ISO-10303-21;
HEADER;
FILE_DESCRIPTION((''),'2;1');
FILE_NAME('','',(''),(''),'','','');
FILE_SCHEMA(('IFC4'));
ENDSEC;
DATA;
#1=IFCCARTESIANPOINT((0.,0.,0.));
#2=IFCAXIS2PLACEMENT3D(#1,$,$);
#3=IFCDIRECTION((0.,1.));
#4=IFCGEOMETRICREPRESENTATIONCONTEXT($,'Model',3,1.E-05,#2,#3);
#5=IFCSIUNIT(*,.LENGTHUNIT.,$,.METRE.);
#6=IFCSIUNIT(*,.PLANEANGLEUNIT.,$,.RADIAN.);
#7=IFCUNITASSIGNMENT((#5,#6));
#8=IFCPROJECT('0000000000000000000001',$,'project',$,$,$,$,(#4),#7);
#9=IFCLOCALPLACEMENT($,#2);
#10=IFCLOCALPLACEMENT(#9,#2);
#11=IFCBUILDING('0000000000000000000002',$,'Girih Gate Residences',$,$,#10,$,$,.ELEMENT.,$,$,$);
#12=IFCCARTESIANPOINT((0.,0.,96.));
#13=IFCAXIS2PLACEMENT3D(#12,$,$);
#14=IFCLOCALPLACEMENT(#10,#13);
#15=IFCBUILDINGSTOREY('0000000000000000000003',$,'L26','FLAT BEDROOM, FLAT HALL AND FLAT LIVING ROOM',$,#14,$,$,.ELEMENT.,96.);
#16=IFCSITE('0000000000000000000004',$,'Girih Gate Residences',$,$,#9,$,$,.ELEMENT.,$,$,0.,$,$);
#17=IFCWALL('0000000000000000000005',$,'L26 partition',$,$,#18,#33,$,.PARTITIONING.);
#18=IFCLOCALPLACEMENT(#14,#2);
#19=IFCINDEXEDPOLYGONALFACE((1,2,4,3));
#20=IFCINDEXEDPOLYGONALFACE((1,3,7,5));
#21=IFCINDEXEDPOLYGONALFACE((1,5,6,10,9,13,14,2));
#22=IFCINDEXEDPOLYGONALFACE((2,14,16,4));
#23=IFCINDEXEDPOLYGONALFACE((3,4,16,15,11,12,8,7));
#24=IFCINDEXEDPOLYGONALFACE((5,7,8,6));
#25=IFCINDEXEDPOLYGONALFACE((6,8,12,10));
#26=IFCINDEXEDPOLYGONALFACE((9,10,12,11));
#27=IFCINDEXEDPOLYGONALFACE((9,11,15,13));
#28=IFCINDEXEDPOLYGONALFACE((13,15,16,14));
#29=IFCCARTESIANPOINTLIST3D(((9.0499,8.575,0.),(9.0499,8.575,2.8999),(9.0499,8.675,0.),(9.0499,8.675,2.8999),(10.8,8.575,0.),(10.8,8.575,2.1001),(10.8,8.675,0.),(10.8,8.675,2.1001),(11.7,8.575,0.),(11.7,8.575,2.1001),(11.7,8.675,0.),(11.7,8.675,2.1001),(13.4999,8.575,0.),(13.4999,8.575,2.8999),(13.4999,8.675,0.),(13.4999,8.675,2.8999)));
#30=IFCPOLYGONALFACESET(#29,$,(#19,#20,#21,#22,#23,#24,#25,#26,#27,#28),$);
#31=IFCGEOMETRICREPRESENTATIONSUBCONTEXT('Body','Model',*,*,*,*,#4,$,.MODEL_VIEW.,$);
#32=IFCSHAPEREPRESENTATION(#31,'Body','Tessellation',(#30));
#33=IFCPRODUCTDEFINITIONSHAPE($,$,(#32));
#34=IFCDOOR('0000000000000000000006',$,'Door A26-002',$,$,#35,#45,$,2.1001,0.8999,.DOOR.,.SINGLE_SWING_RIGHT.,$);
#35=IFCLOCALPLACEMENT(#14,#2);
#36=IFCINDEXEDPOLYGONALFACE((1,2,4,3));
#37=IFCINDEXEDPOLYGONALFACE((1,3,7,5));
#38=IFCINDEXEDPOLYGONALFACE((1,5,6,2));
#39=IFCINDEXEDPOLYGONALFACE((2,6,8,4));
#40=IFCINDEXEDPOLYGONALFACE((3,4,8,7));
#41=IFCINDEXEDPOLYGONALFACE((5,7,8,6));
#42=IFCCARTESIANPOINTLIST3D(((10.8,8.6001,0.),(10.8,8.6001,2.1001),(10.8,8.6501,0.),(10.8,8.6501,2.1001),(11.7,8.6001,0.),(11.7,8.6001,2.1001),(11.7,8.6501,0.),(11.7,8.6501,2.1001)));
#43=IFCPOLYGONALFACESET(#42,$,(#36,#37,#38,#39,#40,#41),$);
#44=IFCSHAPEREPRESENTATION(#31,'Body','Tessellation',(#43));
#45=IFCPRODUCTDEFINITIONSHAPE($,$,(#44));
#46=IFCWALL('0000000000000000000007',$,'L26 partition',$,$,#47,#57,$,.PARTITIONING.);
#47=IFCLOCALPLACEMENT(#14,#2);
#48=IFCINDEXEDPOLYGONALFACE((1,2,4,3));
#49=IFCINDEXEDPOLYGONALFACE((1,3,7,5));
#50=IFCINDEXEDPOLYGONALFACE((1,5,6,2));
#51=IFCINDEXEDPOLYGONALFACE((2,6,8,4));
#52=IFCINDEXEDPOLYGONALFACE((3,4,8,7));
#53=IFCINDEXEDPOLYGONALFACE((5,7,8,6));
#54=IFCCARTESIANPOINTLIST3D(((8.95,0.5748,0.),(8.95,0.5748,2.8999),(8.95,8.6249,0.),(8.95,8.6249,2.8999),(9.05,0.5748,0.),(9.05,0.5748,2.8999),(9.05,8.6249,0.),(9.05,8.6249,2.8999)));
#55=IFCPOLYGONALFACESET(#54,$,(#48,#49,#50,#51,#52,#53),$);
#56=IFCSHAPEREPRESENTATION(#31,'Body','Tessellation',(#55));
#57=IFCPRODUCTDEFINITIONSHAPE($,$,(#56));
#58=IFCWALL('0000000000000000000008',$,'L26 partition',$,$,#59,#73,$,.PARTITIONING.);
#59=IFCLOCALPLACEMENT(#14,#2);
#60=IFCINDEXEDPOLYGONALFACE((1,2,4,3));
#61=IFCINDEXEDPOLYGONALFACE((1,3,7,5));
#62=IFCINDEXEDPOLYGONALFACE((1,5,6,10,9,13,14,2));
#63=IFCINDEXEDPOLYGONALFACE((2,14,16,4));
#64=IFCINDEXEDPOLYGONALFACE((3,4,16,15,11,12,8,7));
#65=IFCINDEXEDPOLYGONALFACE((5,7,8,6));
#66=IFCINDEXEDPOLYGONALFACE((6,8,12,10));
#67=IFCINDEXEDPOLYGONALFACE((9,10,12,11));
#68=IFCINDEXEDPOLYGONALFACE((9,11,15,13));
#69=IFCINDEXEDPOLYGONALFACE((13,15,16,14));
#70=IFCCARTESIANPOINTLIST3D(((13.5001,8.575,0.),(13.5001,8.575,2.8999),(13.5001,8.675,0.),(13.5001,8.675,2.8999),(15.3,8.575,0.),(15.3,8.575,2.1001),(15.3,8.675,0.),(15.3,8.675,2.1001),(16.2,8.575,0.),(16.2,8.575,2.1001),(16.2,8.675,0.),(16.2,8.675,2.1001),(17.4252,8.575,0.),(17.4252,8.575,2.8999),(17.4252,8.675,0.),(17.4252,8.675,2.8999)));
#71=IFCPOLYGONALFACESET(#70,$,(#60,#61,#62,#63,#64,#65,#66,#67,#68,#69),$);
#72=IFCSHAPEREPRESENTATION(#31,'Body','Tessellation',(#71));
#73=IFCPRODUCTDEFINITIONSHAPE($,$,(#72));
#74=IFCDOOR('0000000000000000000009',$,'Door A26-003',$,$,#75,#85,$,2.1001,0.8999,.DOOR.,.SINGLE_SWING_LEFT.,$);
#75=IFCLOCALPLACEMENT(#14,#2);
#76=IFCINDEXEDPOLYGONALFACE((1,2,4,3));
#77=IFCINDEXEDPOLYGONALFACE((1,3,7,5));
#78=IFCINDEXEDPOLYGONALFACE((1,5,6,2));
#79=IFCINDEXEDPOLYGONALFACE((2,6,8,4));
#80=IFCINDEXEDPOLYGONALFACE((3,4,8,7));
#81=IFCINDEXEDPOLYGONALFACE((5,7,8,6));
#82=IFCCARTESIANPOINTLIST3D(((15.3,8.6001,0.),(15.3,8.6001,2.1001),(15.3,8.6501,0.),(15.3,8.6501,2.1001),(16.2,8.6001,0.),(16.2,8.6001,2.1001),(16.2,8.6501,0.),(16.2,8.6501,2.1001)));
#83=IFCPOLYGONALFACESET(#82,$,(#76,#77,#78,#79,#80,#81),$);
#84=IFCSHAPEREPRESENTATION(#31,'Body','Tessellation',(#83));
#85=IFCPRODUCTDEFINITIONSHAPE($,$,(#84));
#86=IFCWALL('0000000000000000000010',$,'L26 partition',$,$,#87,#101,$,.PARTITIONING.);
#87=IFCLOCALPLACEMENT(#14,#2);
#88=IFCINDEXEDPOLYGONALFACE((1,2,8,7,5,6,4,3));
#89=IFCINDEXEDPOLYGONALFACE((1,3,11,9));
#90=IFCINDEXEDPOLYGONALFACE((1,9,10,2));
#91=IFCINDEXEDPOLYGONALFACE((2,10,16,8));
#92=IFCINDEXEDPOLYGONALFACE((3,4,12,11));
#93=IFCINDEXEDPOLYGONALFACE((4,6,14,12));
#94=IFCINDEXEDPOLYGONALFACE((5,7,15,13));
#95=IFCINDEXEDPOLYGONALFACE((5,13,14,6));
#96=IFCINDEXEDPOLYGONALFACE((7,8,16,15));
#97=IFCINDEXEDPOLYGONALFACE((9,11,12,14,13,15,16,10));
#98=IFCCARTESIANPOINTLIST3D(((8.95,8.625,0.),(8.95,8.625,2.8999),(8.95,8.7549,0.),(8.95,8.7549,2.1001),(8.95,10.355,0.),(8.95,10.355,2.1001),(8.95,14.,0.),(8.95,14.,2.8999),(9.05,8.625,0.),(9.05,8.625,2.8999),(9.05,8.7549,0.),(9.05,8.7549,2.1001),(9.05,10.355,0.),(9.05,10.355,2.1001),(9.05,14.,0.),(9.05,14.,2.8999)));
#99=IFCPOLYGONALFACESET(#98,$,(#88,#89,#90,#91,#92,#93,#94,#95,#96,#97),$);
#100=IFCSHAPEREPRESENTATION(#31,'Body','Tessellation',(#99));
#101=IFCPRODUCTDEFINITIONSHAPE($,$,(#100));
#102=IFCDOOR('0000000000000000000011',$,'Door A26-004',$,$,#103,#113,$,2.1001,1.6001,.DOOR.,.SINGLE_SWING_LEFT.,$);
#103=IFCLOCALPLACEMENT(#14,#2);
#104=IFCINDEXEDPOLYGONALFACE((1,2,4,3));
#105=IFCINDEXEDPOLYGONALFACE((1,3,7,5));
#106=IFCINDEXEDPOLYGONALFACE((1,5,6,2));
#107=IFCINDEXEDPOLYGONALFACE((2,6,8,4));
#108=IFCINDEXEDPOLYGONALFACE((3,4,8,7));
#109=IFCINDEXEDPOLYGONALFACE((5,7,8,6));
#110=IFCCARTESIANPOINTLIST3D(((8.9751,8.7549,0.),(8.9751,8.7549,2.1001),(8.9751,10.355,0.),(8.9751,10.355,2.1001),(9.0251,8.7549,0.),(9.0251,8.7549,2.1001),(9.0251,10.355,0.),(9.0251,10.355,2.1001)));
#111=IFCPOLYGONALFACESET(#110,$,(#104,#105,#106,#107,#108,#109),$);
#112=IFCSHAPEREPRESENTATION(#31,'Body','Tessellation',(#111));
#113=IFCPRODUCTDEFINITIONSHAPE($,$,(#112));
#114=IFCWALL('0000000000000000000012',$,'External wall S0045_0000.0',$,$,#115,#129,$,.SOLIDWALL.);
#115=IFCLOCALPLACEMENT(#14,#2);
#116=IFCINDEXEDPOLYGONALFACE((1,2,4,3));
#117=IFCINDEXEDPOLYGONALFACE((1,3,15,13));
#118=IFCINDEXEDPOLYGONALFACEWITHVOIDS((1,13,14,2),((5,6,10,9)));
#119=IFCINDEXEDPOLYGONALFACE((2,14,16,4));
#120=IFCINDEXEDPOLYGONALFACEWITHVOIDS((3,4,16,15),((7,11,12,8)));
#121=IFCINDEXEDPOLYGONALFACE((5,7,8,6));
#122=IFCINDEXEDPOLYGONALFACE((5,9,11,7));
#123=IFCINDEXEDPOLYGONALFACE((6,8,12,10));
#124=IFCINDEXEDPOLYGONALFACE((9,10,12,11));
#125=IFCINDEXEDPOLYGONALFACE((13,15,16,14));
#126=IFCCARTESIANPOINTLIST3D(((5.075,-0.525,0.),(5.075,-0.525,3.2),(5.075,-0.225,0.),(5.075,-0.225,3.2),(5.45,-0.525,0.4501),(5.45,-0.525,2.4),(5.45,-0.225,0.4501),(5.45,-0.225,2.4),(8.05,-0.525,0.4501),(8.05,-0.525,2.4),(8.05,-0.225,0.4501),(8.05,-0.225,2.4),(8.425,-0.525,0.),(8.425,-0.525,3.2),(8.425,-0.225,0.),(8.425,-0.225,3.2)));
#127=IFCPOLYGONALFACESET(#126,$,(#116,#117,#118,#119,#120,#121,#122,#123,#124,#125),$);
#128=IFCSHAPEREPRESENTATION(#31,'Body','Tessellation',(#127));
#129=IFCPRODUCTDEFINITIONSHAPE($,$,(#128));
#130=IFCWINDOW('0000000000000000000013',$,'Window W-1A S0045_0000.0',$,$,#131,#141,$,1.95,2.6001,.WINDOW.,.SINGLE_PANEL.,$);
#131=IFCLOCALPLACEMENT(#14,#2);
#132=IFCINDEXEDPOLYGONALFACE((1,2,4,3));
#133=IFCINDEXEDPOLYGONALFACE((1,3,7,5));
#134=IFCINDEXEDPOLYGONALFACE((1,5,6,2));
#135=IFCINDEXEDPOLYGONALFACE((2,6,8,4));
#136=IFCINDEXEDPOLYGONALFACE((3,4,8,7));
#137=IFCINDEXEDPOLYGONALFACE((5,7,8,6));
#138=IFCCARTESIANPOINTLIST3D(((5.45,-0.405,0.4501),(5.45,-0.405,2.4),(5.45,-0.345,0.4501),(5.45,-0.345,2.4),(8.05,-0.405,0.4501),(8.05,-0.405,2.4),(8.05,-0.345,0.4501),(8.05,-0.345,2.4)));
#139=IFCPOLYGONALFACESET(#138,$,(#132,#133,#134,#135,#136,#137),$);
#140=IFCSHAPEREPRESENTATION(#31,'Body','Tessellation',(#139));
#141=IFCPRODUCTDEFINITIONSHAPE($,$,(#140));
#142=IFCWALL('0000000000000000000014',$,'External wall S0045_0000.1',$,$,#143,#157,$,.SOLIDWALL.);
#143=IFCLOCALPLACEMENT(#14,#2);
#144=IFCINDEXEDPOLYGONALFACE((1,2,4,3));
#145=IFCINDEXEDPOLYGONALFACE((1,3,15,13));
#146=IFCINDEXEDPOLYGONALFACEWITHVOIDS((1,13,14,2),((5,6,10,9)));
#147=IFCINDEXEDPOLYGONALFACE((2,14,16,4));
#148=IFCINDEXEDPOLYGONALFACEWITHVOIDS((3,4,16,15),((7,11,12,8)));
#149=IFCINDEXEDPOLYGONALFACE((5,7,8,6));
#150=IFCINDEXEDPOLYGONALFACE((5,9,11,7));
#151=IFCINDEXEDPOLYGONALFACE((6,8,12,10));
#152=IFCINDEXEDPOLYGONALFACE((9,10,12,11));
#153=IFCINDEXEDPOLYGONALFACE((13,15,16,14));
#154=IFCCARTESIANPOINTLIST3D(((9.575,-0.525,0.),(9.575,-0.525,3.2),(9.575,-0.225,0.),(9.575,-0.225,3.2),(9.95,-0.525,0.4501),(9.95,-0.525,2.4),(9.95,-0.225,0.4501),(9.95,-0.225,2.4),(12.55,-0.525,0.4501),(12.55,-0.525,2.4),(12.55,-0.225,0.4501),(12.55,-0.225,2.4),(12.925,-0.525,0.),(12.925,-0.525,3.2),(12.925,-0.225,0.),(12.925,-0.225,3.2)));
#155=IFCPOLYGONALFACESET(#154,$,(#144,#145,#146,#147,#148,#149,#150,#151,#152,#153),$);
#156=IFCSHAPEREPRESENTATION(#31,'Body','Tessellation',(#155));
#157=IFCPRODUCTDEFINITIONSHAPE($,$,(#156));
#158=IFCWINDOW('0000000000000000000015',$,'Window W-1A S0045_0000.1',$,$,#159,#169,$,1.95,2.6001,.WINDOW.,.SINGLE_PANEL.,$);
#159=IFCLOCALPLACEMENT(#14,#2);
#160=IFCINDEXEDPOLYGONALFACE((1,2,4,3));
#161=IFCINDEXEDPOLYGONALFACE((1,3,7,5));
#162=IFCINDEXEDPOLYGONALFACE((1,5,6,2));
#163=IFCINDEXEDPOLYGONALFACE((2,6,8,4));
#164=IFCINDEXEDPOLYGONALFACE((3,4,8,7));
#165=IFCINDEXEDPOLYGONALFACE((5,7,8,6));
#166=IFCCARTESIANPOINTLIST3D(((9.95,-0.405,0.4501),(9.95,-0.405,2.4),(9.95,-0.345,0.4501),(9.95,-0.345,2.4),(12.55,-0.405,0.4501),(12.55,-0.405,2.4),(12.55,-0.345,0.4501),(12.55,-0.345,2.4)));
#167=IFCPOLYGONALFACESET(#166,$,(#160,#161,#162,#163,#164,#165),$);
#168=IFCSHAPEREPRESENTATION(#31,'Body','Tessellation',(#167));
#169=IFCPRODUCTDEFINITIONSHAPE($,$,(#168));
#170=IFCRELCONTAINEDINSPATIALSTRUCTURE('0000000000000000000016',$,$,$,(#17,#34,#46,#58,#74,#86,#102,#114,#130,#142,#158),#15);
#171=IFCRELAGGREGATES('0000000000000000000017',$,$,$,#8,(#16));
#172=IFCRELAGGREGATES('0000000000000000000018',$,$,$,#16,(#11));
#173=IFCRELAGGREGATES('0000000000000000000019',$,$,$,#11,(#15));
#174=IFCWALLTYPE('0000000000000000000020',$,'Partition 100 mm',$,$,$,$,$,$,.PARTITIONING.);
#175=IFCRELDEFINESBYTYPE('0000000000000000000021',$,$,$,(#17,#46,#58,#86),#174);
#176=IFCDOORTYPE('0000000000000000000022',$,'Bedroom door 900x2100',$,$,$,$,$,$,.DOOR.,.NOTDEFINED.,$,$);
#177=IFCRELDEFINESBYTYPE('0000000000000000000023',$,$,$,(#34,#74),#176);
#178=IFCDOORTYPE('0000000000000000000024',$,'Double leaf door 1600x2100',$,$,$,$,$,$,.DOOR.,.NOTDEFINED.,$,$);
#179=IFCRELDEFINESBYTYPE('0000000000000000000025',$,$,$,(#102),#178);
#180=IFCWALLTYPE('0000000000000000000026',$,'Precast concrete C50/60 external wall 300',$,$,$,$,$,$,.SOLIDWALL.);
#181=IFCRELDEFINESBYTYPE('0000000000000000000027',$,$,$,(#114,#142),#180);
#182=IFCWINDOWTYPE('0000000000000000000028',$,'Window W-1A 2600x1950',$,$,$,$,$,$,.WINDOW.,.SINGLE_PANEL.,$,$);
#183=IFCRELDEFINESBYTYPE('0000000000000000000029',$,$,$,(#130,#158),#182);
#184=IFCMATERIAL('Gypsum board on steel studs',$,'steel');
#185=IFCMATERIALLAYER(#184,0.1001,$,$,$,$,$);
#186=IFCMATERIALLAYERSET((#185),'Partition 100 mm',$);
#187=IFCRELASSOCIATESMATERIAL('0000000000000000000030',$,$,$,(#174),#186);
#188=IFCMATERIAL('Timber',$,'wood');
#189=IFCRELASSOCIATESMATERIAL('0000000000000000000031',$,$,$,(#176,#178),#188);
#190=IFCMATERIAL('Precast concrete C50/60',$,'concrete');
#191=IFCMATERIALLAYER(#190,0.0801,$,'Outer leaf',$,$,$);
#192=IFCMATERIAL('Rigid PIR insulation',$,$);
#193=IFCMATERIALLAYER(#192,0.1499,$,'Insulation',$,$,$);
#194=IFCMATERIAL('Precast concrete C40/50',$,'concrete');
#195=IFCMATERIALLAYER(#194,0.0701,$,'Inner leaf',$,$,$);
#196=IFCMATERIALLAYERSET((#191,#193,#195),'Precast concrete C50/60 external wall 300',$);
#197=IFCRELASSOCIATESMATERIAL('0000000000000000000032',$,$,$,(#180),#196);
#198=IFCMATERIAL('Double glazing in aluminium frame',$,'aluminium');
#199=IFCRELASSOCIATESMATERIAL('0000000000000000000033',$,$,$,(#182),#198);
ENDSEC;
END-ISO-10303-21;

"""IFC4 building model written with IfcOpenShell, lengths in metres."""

from ifc_helpers import new_model, si_unit, direction, frame, frame_2d, origin, place, context, subcontext, project, spatial, rectangle, extrude, material, layer, layer_set, type_object, element, fill, save


model = new_model("IFC4")

# Units and contexts
model_context = context("Model", 3, precision=1e-05, world=origin(), true_north=direction((0.0, 1.0)))
body_context = subcontext(model_context, "Body", "Model", "MODEL_VIEW")
ifc_project = project(units=[si_unit("LENGTHUNIT", "METRE"), si_unit("PLANEANGLEUNIT", "RADIAN")], contexts=[model_context])

# Site, building, storey
site_placement = place(None, origin())
site = spatial("IfcSite", under=ifc_project, at=site_placement, Name="Girih Gate Residences", CompositionType="ELEMENT", RefElevation=0.0)
building_placement = place(site_placement, origin())
building = spatial("IfcBuilding", under=site, at=building_placement, Name="Girih Gate Residences", CompositionType="ELEMENT")
storey_placement = place(building_placement, frame((0.0, 0.0, 96.0)))
storey = spatial("IfcBuildingStorey", under=building, at=storey_placement, Name="L26", Description="FLAT BEDROOM, FLAT HALL AND FLAT LIVING ROOM", CompositionType="ELEMENT", Elevation=96.0)

# Shared definitions
ifc_material_1 = material(Name="Gypsum board on steel studs", Category="steel")
ifc_layer_1 = layer(ifc_material_1, 0.1001)
ifc_layer_set_1 = layer_set([ifc_layer_1], Name="Partition 100 mm")
wall_type_1 = type_object("IfcWallType", Name="Partition 100 mm", PredefinedType="PARTITIONING", material=ifc_layer_set_1)

# Wall, opening, door
wall_1_placement = place(storey_placement, frame((13.5, 8.625, 0.0), z_axis=(0.0, 0.0, 1.0), x_axis=(-1.0, 0.0, 0.0)))
wall_1 = element("IfcWall", 1, at=wall_1_placement, inside=storey, type_object=wall_type_1, Name="L26 partition", PredefinedType="PARTITIONING", context=body_context, shape_type="SweptSolid", body=[
    extrude(rectangle(XDim=4.45, YDim=0.1001, at=frame_2d((2.2251, 0.0))), origin(), (0.0, 0.0, 1.0), 2.8999),
])
opening_1_placement = place(wall_1_placement, frame((1.8, 0.0, 0.0)))
opening_1 = element("IfcOpeningElement", 2, at=opening_1_placement, cuts=wall_1, PredefinedType="OPENING", context=body_context, shape_type="SweptSolid", body=[
    extrude(rectangle(XDim=0.8999, YDim=2.1001, at=frame_2d((0.45, 1.05))), frame((0.0, 0.0601, 0.0), z_axis=(0.0, -1.0, 0.0), x_axis=(1.0, 0.0, 0.0)), (0.0, 0.0, 1.0), 0.1201),
])
ifc_material_2 = material(Name="Timber", Category="wood")
door_type_1 = type_object("IfcDoorType", Name="Bedroom door 900x2100", OperationType="NOTDEFINED", PredefinedType="DOOR", material=ifc_material_2)
door_1_placement = place(opening_1_placement, origin())
door_1 = element("IfcDoor", 3, at=door_1_placement, inside=storey, type_object=door_type_1, Name="Door A26-002", OperationType="SINGLE_SWING_RIGHT", OverallHeight=2.1001, OverallWidth=0.8999, PredefinedType="DOOR", context=body_context, shape_type="SweptSolid", body=[
    extrude(rectangle(XDim=0.8999, YDim=2.1001, at=frame_2d((0.45, 1.05))), frame((0.0, 0.0249, 0.0), z_axis=(0.0, -1.0, 0.0), x_axis=(1.0, 0.0, 0.0)), (0.0, 0.0, 1.0), 0.05),
])
fill(opening_1, door_1)

# Wall
wall_2_placement = place(storey_placement, frame((9.0, 0.575, 0.0), z_axis=(0.0, 0.0, 1.0), x_axis=(0.0, 1.0, 0.0)))
element("IfcWall", 4, at=wall_2_placement, inside=storey, type_object=wall_type_1, Name="L26 partition", PredefinedType="PARTITIONING", context=body_context, shape_type="SweptSolid", body=[
    extrude(rectangle(XDim=8.05, YDim=0.1001, at=frame_2d((4.0249, 0.0))), origin(), (0.0, 0.0, 1.0), 2.8999),
])

# Walls, openings, doors
wall_3_placement = place(storey_placement, frame((17.425, 8.625, 0.0), z_axis=(0.0, 0.0, 1.0), x_axis=(-1.0, 0.0, 0.0)))
wall_3 = element("IfcWall", 5, at=wall_3_placement, inside=storey, type_object=wall_type_1, Name="L26 partition", PredefinedType="PARTITIONING", context=body_context, shape_type="SweptSolid", body=[
    extrude(rectangle(XDim=3.925, YDim=0.1001, at=frame_2d((1.9624, 0.0))), origin(), (0.0, 0.0, 1.0), 2.8999),
])
opening_2_placement = place(wall_3_placement, frame((1.2251, 0.0, 0.0)))
opening_2 = element("IfcOpeningElement", 6, at=opening_2_placement, cuts=wall_3, PredefinedType="OPENING", context=body_context, shape_type="SweptSolid", body=[
    extrude(rectangle(XDim=0.8999, YDim=2.1001, at=frame_2d((0.45, 1.05))), frame((0.0, 0.0601, 0.0), z_axis=(0.0, -1.0, 0.0), x_axis=(1.0, 0.0, 0.0)), (0.0, 0.0, 1.0), 0.1201),
])
door_2_placement = place(opening_2_placement, origin())
door_2 = element("IfcDoor", 7, at=door_2_placement, inside=storey, type_object=door_type_1, Name="Door A26-003", OperationType="SINGLE_SWING_LEFT", OverallHeight=2.1001, OverallWidth=0.8999, PredefinedType="DOOR", context=body_context, shape_type="SweptSolid", body=[
    extrude(rectangle(XDim=0.8999, YDim=2.1001, at=frame_2d((0.45, 1.05))), frame((0.0, 0.0249, 0.0), z_axis=(0.0, -1.0, 0.0), x_axis=(1.0, 0.0, 0.0)), (0.0, 0.0, 1.0), 0.05),
])
fill(opening_2, door_2)
wall_4_placement = place(storey_placement, frame((9.0, 8.625, 0.0), z_axis=(0.0, 0.0, 1.0), x_axis=(0.0, 1.0, 0.0)))
wall_4 = element("IfcWall", 8, at=wall_4_placement, inside=storey, type_object=wall_type_1, Name="L26 partition", PredefinedType="PARTITIONING", context=body_context, shape_type="SweptSolid", body=[
    extrude(rectangle(XDim=5.375, YDim=0.1001, at=frame_2d((2.6875, 0.0))), origin(), (0.0, 0.0, 1.0), 2.8999),
])
opening_3_placement = place(wall_4_placement, frame((0.1299, 0.0, 0.0)))
opening_3 = element("IfcOpeningElement", 9, at=opening_3_placement, cuts=wall_4, PredefinedType="OPENING", context=body_context, shape_type="SweptSolid", body=[
    extrude(rectangle(XDim=1.6001, YDim=2.1001, at=frame_2d((0.8, 1.05))), frame((0.0, 0.0601, 0.0), z_axis=(0.0, -1.0, 0.0), x_axis=(1.0, 0.0, 0.0)), (0.0, 0.0, 1.0), 0.1201),
])
door_type_2 = type_object("IfcDoorType", Name="Double leaf door 1600x2100", OperationType="NOTDEFINED", PredefinedType="DOOR", material=ifc_material_2)
door_3_placement = place(opening_3_placement, origin())
door_3 = element("IfcDoor", 10, at=door_3_placement, inside=storey, type_object=door_type_2, Name="Door A26-004", OperationType="SINGLE_SWING_LEFT", OverallHeight=2.1001, OverallWidth=1.6001, PredefinedType="DOOR", context=body_context, shape_type="SweptSolid", body=[
    extrude(rectangle(XDim=1.6001, YDim=2.1001, at=frame_2d((0.8, 1.05))), frame((0.0, 0.0249, 0.0), z_axis=(0.0, -1.0, 0.0), x_axis=(1.0, 0.0, 0.0)), (0.0, 0.0, 1.0), 0.05),
])
fill(opening_3, door_3)

# Walls, openings, windows
ifc_material_3 = material(Name="Precast concrete C50/60", Category="concrete")
ifc_layer_2 = layer(ifc_material_3, 0.0801, Name="Outer leaf")
ifc_material_4 = material(Name="Rigid PIR insulation")
ifc_layer_3 = layer(ifc_material_4, 0.1499, Name="Insulation")
ifc_material_5 = material(Name="Precast concrete C40/50", Category="concrete")
ifc_layer_4 = layer(ifc_material_5, 0.0701, Name="Inner leaf")
ifc_layer_set_2 = layer_set([ifc_layer_2, ifc_layer_3, ifc_layer_4], Name="Precast concrete C50/60 external wall 300")
wall_type_2 = type_object("IfcWallType", Name="Precast concrete C50/60 external wall 300", PredefinedType="SOLIDWALL", material=ifc_layer_set_2)
wall_5_placement = place(storey_placement, frame((8.425, -0.375, 0.0), z_axis=(0.0, 0.0, 1.0), x_axis=(-1.0, 0.0, 0.0)))
wall_5 = element("IfcWall", 11, at=wall_5_placement, inside=storey, type_object=wall_type_2, Name="External wall S0045_0000.0", PredefinedType="SOLIDWALL", context=body_context, shape_type="SweptSolid", body=[
    extrude(rectangle(XDim=3.3501, YDim=0.3, at=frame_2d((1.675, 0.0))), origin(), (0.0, 0.0, 1.0), 3.2),
])
opening_4_placement = place(wall_5_placement, frame((0.375, 0.0, 0.45)))
opening_4 = element("IfcOpeningElement", 12, at=opening_4_placement, cuts=wall_5, PredefinedType="OPENING", context=body_context, shape_type="SweptSolid", body=[
    extrude(rectangle(XDim=2.6001, YDim=1.95, at=frame_2d((1.3, 0.9751))), frame((0.0, 0.1599, 0.0), z_axis=(0.0, -1.0, 0.0), x_axis=(1.0, 0.0, 0.0)), (0.0, 0.0, 1.0), 0.3201),
])
ifc_material_6 = material(Name="Double glazing in aluminium frame", Category="aluminium")
window_type = type_object("IfcWindowType", Name="Window W-1A 2600x1950", PartitioningType="SINGLE_PANEL", PredefinedType="WINDOW", material=ifc_material_6)
window_1_placement = place(opening_4_placement, origin())
window_1 = element("IfcWindow", 13, at=window_1_placement, inside=storey, type_object=window_type, Name="Window W-1A S0045_0000.0", OverallHeight=1.95, OverallWidth=2.6001, PartitioningType="SINGLE_PANEL", PredefinedType="WINDOW", context=body_context, shape_type="SweptSolid", body=[
    extrude(rectangle(XDim=2.6001, YDim=1.95, at=frame_2d((1.3, 0.9751))), frame((0.0, 0.03, 0.0), z_axis=(0.0, -1.0, 0.0), x_axis=(1.0, 0.0, 0.0)), (0.0, 0.0, 1.0), 0.0601),
])
fill(opening_4, window_1)
wall_6_placement = place(storey_placement, frame((12.925, -0.375, 0.0), z_axis=(0.0, 0.0, 1.0), x_axis=(-1.0, 0.0, 0.0)))
wall_6 = element("IfcWall", 14, at=wall_6_placement, inside=storey, type_object=wall_type_2, Name="External wall S0045_0000.1", PredefinedType="SOLIDWALL", context=body_context, shape_type="SweptSolid", body=[
    extrude(rectangle(XDim=3.3501, YDim=0.3, at=frame_2d((1.675, 0.0))), origin(), (0.0, 0.0, 1.0), 3.2),
])
opening_5_placement = place(wall_6_placement, frame((0.375, 0.0, 0.45)))
opening_5 = element("IfcOpeningElement", 15, at=opening_5_placement, cuts=wall_6, PredefinedType="OPENING", context=body_context, shape_type="SweptSolid", body=[
    extrude(rectangle(XDim=2.6001, YDim=1.95, at=frame_2d((1.3, 0.9751))), frame((0.0, 0.1599, 0.0), z_axis=(0.0, -1.0, 0.0), x_axis=(1.0, 0.0, 0.0)), (0.0, 0.0, 1.0), 0.3201),
])
window_2_placement = place(opening_5_placement, origin())
window_2 = element("IfcWindow", 16, at=window_2_placement, inside=storey, type_object=window_type, Name="Window W-1A S0045_0000.1", OverallHeight=1.95, OverallWidth=2.6001, PartitioningType="SINGLE_PANEL", PredefinedType="WINDOW", context=body_context, shape_type="SweptSolid", body=[
    extrude(rectangle(XDim=2.6001, YDim=1.95, at=frame_2d((1.3, 0.9751))), frame((0.0, 0.03, 0.0), z_axis=(0.0, -1.0, 0.0), x_axis=(1.0, 0.0, 0.0)), (0.0, 0.0, 1.0), 0.0601),
])
fill(opening_5, window_2)

save(model, "model.ifc")
